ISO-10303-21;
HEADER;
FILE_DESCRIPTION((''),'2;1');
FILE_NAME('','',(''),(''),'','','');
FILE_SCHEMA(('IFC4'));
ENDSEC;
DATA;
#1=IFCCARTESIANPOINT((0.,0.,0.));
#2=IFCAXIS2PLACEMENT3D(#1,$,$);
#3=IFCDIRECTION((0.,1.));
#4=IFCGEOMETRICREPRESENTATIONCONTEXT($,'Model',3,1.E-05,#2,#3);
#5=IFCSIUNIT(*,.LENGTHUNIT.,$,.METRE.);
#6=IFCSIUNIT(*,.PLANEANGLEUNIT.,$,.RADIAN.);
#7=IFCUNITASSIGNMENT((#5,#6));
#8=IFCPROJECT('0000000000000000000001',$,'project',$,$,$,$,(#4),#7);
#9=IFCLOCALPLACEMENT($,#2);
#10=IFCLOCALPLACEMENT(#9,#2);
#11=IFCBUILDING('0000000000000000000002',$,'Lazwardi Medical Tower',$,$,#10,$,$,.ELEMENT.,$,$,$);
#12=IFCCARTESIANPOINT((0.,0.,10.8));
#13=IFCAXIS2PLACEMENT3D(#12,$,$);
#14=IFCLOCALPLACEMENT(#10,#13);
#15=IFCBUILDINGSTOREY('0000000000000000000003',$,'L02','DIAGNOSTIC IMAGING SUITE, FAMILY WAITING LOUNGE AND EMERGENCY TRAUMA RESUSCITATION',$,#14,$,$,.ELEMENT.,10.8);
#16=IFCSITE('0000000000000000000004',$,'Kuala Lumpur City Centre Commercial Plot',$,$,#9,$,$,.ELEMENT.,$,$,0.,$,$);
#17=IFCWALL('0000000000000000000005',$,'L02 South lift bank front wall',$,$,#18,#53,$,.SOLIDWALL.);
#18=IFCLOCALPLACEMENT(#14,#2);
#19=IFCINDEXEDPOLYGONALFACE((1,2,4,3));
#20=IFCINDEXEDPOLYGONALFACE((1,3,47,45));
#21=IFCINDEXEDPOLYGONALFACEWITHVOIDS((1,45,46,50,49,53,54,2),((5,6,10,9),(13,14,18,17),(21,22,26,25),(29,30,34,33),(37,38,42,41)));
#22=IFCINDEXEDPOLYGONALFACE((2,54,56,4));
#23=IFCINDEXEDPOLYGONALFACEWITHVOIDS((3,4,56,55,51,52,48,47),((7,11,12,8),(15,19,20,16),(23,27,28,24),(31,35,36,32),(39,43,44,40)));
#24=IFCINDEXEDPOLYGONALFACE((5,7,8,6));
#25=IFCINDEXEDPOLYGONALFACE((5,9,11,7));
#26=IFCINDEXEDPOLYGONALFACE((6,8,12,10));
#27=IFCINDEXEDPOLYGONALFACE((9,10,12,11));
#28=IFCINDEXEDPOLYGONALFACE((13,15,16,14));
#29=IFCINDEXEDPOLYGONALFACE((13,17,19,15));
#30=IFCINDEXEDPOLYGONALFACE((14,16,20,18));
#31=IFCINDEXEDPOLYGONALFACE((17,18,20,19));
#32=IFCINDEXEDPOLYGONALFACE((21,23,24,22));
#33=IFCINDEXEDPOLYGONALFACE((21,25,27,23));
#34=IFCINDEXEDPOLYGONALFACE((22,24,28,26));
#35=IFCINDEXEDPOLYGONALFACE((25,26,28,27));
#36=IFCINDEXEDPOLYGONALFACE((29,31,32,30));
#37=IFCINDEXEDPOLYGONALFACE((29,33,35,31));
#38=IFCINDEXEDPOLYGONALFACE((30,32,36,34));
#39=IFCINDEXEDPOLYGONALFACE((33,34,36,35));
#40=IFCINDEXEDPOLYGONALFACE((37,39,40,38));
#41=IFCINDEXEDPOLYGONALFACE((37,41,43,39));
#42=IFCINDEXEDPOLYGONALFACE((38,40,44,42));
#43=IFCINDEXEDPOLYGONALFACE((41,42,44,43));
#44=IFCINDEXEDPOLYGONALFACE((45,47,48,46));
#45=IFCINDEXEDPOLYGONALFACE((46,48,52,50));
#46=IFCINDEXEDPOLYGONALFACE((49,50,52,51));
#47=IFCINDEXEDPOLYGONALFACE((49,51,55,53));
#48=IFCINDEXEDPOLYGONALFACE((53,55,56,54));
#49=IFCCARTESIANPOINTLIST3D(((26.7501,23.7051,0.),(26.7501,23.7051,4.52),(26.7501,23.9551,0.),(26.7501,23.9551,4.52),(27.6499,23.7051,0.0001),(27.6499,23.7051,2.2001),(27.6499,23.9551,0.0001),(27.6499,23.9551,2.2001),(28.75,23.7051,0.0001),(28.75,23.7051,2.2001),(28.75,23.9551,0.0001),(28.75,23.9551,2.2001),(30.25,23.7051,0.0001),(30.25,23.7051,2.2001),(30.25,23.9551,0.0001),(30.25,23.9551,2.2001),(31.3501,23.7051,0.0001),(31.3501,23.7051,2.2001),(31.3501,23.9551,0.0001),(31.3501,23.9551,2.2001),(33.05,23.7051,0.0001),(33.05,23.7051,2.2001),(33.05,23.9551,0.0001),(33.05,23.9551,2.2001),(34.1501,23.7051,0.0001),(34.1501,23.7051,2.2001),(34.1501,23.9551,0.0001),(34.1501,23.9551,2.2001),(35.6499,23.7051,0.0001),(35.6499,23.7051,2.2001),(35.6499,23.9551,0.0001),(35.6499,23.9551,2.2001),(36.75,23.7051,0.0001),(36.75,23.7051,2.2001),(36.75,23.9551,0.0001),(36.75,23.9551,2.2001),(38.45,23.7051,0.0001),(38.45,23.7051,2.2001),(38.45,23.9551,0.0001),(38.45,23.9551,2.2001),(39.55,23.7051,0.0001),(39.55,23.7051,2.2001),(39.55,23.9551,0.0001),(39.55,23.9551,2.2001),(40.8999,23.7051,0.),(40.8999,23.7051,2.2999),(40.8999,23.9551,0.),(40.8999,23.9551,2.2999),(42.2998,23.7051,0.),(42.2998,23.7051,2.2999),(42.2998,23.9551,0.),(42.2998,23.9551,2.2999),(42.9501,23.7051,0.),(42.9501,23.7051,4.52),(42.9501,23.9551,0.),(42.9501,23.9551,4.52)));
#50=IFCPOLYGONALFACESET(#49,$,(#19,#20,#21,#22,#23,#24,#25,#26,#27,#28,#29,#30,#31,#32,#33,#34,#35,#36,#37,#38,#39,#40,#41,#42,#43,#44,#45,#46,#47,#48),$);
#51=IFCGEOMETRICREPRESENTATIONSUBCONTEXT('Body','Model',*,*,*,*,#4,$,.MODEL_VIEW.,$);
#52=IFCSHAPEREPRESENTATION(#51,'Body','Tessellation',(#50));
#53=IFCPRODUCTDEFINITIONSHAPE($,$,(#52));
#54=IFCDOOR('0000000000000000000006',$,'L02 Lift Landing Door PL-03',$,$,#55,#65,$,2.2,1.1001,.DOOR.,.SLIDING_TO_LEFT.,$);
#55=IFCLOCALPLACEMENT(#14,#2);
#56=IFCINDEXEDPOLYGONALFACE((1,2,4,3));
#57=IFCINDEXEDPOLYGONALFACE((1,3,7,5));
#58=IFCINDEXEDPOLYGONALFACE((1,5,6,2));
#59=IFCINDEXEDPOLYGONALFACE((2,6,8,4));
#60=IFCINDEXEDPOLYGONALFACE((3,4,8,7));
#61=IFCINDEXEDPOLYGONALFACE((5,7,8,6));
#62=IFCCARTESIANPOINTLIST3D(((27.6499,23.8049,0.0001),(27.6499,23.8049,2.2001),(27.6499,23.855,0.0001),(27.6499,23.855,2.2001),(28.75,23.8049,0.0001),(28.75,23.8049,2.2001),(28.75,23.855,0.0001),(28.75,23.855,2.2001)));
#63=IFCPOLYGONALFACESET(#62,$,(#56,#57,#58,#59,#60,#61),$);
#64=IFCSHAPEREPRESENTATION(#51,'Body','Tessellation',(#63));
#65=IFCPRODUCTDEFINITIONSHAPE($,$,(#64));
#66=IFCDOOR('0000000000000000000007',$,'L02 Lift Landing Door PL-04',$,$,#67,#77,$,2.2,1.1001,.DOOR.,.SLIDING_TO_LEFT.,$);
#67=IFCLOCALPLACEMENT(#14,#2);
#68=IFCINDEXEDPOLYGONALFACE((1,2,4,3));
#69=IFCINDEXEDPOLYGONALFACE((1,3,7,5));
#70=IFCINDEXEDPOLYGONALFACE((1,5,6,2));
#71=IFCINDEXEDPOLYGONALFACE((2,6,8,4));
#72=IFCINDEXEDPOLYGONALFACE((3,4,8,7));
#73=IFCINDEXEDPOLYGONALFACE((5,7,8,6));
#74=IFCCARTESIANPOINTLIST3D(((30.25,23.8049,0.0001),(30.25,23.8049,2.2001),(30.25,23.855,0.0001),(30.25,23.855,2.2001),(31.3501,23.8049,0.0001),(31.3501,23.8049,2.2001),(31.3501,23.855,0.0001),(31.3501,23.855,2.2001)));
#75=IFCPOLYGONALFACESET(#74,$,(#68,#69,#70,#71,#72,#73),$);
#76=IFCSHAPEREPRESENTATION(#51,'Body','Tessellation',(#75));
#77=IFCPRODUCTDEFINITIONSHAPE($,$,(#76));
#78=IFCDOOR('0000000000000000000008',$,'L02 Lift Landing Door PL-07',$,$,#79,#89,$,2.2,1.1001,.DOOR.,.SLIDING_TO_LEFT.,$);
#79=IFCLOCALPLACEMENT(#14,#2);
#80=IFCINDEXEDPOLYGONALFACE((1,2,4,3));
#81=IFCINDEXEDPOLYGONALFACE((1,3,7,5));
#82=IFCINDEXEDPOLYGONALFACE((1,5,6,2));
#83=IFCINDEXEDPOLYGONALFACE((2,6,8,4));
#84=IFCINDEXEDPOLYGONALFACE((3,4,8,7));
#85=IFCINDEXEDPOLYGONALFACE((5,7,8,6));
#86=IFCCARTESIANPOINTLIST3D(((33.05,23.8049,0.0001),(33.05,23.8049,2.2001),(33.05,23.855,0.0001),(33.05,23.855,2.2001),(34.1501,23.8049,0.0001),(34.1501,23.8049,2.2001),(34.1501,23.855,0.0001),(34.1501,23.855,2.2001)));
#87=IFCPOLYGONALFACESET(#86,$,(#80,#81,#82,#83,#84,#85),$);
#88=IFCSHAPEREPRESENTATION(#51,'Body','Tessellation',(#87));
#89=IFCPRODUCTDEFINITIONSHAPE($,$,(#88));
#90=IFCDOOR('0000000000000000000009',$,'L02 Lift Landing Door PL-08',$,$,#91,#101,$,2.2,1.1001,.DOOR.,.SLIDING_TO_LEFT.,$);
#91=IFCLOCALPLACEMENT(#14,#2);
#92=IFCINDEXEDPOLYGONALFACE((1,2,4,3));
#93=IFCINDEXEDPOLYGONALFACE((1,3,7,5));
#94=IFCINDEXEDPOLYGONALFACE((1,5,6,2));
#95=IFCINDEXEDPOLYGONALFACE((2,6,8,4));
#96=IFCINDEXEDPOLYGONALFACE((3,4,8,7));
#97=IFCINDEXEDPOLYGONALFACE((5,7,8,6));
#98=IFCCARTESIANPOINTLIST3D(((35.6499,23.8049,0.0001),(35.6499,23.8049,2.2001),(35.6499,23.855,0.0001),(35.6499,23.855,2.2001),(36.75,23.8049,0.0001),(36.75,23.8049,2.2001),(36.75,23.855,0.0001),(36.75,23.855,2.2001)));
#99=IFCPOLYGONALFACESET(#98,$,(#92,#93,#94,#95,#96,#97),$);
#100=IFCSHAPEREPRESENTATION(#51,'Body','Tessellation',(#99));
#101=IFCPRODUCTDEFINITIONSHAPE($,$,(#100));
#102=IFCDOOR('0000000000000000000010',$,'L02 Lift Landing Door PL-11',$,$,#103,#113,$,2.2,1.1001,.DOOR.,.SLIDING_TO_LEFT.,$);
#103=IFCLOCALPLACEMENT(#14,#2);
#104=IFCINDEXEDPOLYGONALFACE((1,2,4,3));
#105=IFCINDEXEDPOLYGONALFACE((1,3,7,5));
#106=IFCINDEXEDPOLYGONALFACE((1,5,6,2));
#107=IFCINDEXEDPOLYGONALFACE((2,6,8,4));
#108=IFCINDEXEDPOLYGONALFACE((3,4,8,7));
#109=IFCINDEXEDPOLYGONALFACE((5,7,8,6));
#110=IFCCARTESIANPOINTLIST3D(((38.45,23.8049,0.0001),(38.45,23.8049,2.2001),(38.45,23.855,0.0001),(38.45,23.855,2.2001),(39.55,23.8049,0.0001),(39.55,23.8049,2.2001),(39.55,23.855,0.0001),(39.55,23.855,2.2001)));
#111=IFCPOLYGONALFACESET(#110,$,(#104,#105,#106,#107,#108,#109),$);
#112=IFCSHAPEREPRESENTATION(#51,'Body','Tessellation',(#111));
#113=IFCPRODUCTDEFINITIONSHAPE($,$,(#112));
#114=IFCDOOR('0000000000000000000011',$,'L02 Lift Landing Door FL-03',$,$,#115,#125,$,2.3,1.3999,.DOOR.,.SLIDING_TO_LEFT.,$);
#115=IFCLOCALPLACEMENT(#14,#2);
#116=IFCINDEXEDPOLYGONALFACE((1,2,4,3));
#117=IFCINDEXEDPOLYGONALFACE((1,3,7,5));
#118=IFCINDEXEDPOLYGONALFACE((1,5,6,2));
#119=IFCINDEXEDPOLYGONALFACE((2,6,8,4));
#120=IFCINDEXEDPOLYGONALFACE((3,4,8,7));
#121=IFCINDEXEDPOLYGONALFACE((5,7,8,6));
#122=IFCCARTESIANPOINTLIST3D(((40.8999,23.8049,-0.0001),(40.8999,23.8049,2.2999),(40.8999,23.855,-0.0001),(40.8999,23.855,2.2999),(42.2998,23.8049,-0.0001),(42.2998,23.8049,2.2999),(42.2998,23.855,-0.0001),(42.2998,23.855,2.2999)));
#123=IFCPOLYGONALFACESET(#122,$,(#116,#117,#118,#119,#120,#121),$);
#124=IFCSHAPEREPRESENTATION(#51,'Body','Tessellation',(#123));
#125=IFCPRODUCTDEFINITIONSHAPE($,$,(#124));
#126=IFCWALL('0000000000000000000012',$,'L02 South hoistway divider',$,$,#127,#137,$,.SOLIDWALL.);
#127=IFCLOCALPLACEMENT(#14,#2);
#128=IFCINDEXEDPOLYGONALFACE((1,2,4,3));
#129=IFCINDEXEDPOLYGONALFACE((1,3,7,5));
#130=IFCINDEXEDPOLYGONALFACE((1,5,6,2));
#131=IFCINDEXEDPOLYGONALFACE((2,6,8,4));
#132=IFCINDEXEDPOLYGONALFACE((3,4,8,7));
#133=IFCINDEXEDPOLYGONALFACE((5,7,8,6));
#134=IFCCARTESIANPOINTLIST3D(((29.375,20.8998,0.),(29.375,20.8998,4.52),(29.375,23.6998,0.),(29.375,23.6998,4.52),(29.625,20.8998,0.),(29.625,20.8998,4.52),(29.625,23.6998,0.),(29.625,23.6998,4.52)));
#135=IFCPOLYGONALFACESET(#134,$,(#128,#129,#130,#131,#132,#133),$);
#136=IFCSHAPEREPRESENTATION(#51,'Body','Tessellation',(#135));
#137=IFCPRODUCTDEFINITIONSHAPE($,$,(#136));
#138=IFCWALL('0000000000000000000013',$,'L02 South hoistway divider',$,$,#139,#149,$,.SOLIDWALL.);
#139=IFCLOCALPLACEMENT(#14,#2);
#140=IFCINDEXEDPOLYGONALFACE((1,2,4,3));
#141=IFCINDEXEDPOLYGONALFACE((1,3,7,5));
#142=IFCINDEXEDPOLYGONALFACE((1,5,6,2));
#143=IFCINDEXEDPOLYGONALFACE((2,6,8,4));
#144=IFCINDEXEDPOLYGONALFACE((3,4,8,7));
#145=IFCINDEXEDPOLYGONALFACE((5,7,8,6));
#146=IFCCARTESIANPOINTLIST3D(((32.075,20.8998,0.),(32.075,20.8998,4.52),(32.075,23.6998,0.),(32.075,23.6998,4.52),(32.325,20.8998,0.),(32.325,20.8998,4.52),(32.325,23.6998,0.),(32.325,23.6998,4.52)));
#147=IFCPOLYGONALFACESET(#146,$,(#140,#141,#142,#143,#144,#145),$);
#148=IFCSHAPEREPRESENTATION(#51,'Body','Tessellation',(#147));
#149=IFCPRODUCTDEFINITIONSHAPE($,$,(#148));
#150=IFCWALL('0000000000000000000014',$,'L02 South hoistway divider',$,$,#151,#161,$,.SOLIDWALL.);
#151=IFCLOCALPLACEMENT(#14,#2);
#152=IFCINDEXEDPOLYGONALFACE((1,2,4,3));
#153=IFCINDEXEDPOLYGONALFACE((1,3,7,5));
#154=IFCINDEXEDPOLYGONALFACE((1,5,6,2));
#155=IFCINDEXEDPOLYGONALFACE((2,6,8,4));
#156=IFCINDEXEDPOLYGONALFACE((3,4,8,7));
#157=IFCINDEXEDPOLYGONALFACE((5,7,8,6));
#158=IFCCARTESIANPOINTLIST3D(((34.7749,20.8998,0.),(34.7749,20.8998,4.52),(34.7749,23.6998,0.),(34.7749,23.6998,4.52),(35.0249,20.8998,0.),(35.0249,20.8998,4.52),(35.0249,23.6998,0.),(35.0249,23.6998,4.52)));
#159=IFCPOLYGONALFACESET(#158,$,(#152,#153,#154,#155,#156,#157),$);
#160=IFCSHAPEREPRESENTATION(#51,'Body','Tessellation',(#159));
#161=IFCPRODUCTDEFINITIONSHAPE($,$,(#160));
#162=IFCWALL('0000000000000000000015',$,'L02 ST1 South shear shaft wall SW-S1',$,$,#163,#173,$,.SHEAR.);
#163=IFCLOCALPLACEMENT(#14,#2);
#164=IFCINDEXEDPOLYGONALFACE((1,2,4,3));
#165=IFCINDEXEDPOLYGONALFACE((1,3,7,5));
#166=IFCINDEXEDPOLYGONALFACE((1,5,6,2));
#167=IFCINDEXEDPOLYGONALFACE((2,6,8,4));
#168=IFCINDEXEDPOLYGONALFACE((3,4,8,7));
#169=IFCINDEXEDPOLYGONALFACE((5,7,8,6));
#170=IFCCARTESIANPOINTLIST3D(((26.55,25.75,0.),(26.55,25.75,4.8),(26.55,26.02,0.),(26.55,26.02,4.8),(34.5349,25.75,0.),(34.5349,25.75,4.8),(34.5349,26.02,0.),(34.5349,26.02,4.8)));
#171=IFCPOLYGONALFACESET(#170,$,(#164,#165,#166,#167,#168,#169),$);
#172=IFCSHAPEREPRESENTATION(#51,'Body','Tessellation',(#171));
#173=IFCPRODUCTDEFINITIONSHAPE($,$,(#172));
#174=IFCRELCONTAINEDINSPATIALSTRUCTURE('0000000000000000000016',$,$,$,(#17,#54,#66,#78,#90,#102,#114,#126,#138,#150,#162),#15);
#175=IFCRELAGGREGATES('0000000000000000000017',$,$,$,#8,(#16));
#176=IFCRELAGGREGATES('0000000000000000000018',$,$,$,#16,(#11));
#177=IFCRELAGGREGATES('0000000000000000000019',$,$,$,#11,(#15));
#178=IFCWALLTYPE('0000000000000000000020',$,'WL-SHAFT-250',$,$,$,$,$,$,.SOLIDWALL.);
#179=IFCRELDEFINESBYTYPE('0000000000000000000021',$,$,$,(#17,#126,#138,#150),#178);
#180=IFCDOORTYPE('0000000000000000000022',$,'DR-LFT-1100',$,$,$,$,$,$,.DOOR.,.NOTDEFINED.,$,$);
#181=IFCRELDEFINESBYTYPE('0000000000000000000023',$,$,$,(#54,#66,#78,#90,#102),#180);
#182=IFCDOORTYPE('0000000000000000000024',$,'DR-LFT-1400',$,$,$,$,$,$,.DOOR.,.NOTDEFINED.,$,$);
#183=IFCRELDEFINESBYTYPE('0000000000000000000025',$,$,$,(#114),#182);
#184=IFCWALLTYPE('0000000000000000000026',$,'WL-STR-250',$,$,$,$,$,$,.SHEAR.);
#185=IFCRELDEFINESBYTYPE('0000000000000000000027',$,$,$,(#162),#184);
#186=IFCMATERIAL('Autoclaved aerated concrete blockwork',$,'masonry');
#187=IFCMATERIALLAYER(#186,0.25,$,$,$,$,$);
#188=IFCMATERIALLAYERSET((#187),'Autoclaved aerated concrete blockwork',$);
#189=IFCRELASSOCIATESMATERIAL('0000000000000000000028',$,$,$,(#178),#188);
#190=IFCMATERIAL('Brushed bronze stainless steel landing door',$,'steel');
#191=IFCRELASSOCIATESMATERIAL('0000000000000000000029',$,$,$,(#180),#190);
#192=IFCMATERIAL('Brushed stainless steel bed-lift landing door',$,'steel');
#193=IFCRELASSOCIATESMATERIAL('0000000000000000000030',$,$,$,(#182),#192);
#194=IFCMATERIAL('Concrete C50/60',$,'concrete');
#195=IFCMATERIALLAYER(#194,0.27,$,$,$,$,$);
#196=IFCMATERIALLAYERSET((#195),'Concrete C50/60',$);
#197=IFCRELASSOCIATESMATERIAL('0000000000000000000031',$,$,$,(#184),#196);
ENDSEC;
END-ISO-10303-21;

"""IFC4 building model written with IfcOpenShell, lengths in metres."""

from ifc_helpers import new_model, si_unit, direction, frame, frame_2d, origin, place, context, subcontext, project, spatial, rectangle, extrude, material, layer, layer_set, type_object, element, fill, save


model = new_model("IFC4")

# Units and contexts
model_context = context("Model", 3, precision=1e-05, world=origin(), true_north=direction((0.0, 1.0)))
body_context = subcontext(model_context, "Body", "Model", "MODEL_VIEW")
ifc_project = project(units=[si_unit("LENGTHUNIT", "METRE"), si_unit("PLANEANGLEUNIT", "RADIAN")], contexts=[model_context])

# Site, building, storey
site_placement = place(None, origin())
site = spatial("IfcSite", under=ifc_project, at=site_placement, Name="Kuala Lumpur City Centre Commercial Plot", CompositionType="ELEMENT", RefElevation=0.0)
building_placement = place(site_placement, origin())
building = spatial("IfcBuilding", under=site, at=building_placement, Name="Lazwardi Medical Tower", CompositionType="ELEMENT")
storey_placement = place(building_placement, frame((0.0, 0.0, 10.8)))
storey = spatial("IfcBuildingStorey", under=building, at=storey_placement, Name="L02", Description="DIAGNOSTIC IMAGING SUITE, FAMILY WAITING LOUNGE AND EMERGENCY TRAUMA RESUSCITATION", CompositionType="ELEMENT", Elevation=10.8)

# Wall, openings, doors
ifc_material_1 = material(Name="Autoclaved aerated concrete blockwork", Category="masonry")
ifc_layer_1 = layer(ifc_material_1, 0.25)
ifc_layer_set_1 = layer_set([ifc_layer_1], Name="Autoclaved aerated concrete blockwork")
wall_type_1 = type_object("IfcWallType", Name="WL-SHAFT-250", PredefinedType="SOLIDWALL", material=ifc_layer_set_1)
wall_1_placement = place(storey_placement, frame((26.75, 23.8301, 0.0), z_axis=(0.0, 0.0, 1.0), x_axis=(1.0, 0.0, 0.0)))
wall_1 = element("IfcWall", 1, at=wall_1_placement, inside=storey, type_object=wall_type_1, Name="L02 South lift bank front wall", PredefinedType="SOLIDWALL", context=body_context, shape_type="SweptSolid", body=[
    extrude(rectangle(XDim=16.2, YDim=0.25, at=frame_2d((8.1001, 0.0))), origin(), (0.0, 0.0, 1.0), 4.52),
])
opening_1_placement = place(wall_1_placement, frame((0.8999, 0.0, 0.0)))
opening_1 = element("IfcOpeningElement", 2, at=opening_1_placement, cuts=wall_1, PredefinedType="OPENING", context=body_context, shape_type="SweptSolid", body=[
    extrude(rectangle(XDim=1.1001, YDim=2.2, at=frame_2d((0.55, 1.1001))), frame((0.0, 0.135, 0.0), z_axis=(0.0, -1.0, 0.0), x_axis=(1.0, 0.0, 0.0)), (0.0, 0.0, 1.0), 0.27),
])
opening_2_placement = place(wall_1_placement, frame((3.5, 0.0, 0.0)))
opening_2 = element("IfcOpeningElement", 3, at=opening_2_placement, cuts=wall_1, PredefinedType="OPENING", context=body_context, shape_type="SweptSolid", body=[
    extrude(rectangle(XDim=1.1001, YDim=2.2, at=frame_2d((0.55, 1.1001))), frame((0.0, 0.135, 0.0), z_axis=(0.0, -1.0, 0.0), x_axis=(1.0, 0.0, 0.0)), (0.0, 0.0, 1.0), 0.27),
])
opening_3_placement = place(wall_1_placement, frame((6.3, 0.0, 0.0)))
opening_3 = element("IfcOpeningElement", 4, at=opening_3_placement, cuts=wall_1, PredefinedType="OPENING", context=body_context, shape_type="SweptSolid", body=[
    extrude(rectangle(XDim=1.1001, YDim=2.2, at=frame_2d((0.55, 1.1001))), frame((0.0, 0.135, 0.0), z_axis=(0.0, -1.0, 0.0), x_axis=(1.0, 0.0, 0.0)), (0.0, 0.0, 1.0), 0.27),
])
opening_4_placement = place(wall_1_placement, frame((8.8999, 0.0, 0.0)))
opening_4 = element("IfcOpeningElement", 5, at=opening_4_placement, cuts=wall_1, PredefinedType="OPENING", context=body_context, shape_type="SweptSolid", body=[
    extrude(rectangle(XDim=1.1001, YDim=2.2, at=frame_2d((0.55, 1.1001))), frame((0.0, 0.135, 0.0), z_axis=(0.0, -1.0, 0.0), x_axis=(1.0, 0.0, 0.0)), (0.0, 0.0, 1.0), 0.27),
])
opening_5_placement = place(wall_1_placement, frame((11.7, 0.0, 0.0)))
opening_5 = element("IfcOpeningElement", 6, at=opening_5_placement, cuts=wall_1, PredefinedType="OPENING", context=body_context, shape_type="SweptSolid", body=[
    extrude(rectangle(XDim=1.1001, YDim=2.2, at=frame_2d((0.55, 1.1001))), frame((0.0, 0.135, 0.0), z_axis=(0.0, -1.0, 0.0), x_axis=(1.0, 0.0, 0.0)), (0.0, 0.0, 1.0), 0.27),
])
opening_6_placement = place(wall_1_placement, frame((14.1499, 0.0, 0.0)))
opening_6 = element("IfcOpeningElement", 7, at=opening_6_placement, cuts=wall_1, PredefinedType="OPENING", context=body_context, shape_type="SweptSolid", body=[
    extrude(rectangle(XDim=1.3999, YDim=2.3, at=frame_2d((0.7, 1.1499))), frame((0.0, 0.135, 0.0), z_axis=(0.0, -1.0, 0.0), x_axis=(1.0, 0.0, 0.0)), (0.0, 0.0, 1.0), 0.27),
])
ifc_material_2 = material(Name="Brushed bronze stainless steel landing door", Category="steel")
door_type_1 = type_object("IfcDoorType", Name="DR-LFT-1100", OperationType="NOTDEFINED", PredefinedType="DOOR", material=ifc_material_2)
door_1_placement = place(opening_1_placement, origin())
door_1 = element("IfcDoor", 8, at=door_1_placement, inside=storey, type_object=door_type_1, Name="L02 Lift Landing Door PL-03", OperationType="SLIDING_TO_LEFT", OverallHeight=2.2, OverallWidth=1.1001, PredefinedType="DOOR", context=body_context, shape_type="SweptSolid", body=[
    extrude(rectangle(XDim=1.1001, YDim=2.2, at=frame_2d((0.55, 1.1001))), frame((0.0, 0.0249, 0.0), z_axis=(0.0, -1.0, 0.0), x_axis=(1.0, 0.0, 0.0)), (0.0, 0.0, 1.0), 0.05),
])
fill(opening_1, door_1)
door_2_placement = place(opening_2_placement, origin())
door_2 = element("IfcDoor", 9, at=door_2_placement, inside=storey, type_object=door_type_1, Name="L02 Lift Landing Door PL-04", OperationType="SLIDING_TO_LEFT", OverallHeight=2.2, OverallWidth=1.1001, PredefinedType="DOOR", context=body_context, shape_type="SweptSolid", body=[
    extrude(rectangle(XDim=1.1001, YDim=2.2, at=frame_2d((0.55, 1.1001))), frame((0.0, 0.0249, 0.0), z_axis=(0.0, -1.0, 0.0), x_axis=(1.0, 0.0, 0.0)), (0.0, 0.0, 1.0), 0.05),
])
fill(opening_2, door_2)
door_3_placement = place(opening_3_placement, origin())
door_3 = element("IfcDoor", 10, at=door_3_placement, inside=storey, type_object=door_type_1, Name="L02 Lift Landing Door PL-07", OperationType="SLIDING_TO_LEFT", OverallHeight=2.2, OverallWidth=1.1001, PredefinedType="DOOR", context=body_context, shape_type="SweptSolid", body=[
    extrude(rectangle(XDim=1.1001, YDim=2.2, at=frame_2d((0.55, 1.1001))), frame((0.0, 0.0249, 0.0), z_axis=(0.0, -1.0, 0.0), x_axis=(1.0, 0.0, 0.0)), (0.0, 0.0, 1.0), 0.05),
])
fill(opening_3, door_3)
door_4_placement = place(opening_4_placement, origin())
door_4 = element("IfcDoor", 11, at=door_4_placement, inside=storey, type_object=door_type_1, Name="L02 Lift Landing Door PL-08", OperationType="SLIDING_TO_LEFT", OverallHeight=2.2, OverallWidth=1.1001, PredefinedType="DOOR", context=body_context, shape_type="SweptSolid", body=[
    extrude(rectangle(XDim=1.1001, YDim=2.2, at=frame_2d((0.55, 1.1001))), frame((0.0, 0.0249, 0.0), z_axis=(0.0, -1.0, 0.0), x_axis=(1.0, 0.0, 0.0)), (0.0, 0.0, 1.0), 0.05),
])
fill(opening_4, door_4)
door_5_placement = place(opening_5_placement, origin())
door_5 = element("IfcDoor", 12, at=door_5_placement, inside=storey, type_object=door_type_1, Name="L02 Lift Landing Door PL-11", OperationType="SLIDING_TO_LEFT", OverallHeight=2.2, OverallWidth=1.1001, PredefinedType="DOOR", context=body_context, shape_type="SweptSolid", body=[
    extrude(rectangle(XDim=1.1001, YDim=2.2, at=frame_2d((0.55, 1.1001))), frame((0.0, 0.0249, 0.0), z_axis=(0.0, -1.0, 0.0), x_axis=(1.0, 0.0, 0.0)), (0.0, 0.0, 1.0), 0.05),
])
fill(opening_5, door_5)
ifc_material_3 = material(Name="Brushed stainless steel bed-lift landing door", Category="steel")
door_type_2 = type_object("IfcDoorType", Name="DR-LFT-1400", OperationType="NOTDEFINED", PredefinedType="DOOR", material=ifc_material_3)
door_6_placement = place(opening_6_placement, origin())
door_6 = element("IfcDoor", 13, at=door_6_placement, inside=storey, type_object=door_type_2, Name="L02 Lift Landing Door FL-03", OperationType="SLIDING_TO_LEFT", OverallHeight=2.3, OverallWidth=1.3999, PredefinedType="DOOR", context=body_context, shape_type="SweptSolid", body=[
    extrude(rectangle(XDim=1.3999, YDim=2.3, at=frame_2d((0.7, 1.1499))), frame((0.0, 0.0249, 0.0), z_axis=(0.0, -1.0, 0.0), x_axis=(1.0, 0.0, 0.0)), (0.0, 0.0, 1.0), 0.05),
])
fill(opening_6, door_6)

# Walls
for number, where, z_axis, x_axis, name in (
    (14, (29.5, 20.8999, 0.0), (0.0, 0.0, 1.0), (0.0, 1.0, 0.0), "L02 South hoistway divider"),
    (15, (32.2, 20.8999, 0.0), (0.0, 0.0, 1.0), (0.0, 1.0, 0.0), "L02 South hoistway divider"),
    (16, (34.8999, 20.8999, 0.0), (0.0, 0.0, 1.0), (0.0, 1.0, 0.0), "L02 South hoistway divider"),
):
    element("IfcWall", number, at=place(storey_placement, frame(where, z_axis=z_axis, x_axis=x_axis)), inside=storey, type_object=wall_type_1, Name=name, PredefinedType="SOLIDWALL", context=body_context, shape_type="SweptSolid", body=[
        extrude(rectangle(XDim=2.8, YDim=0.25, at=frame_2d((1.3999, 0.0))), origin(), (0.0, 0.0, 1.0), 4.52),
    ])
ifc_material_4 = material(Name="Concrete C50/60", Category="concrete")
ifc_layer_2 = layer(ifc_material_4, 0.27)
ifc_layer_set_2 = layer_set([ifc_layer_2], Name="Concrete C50/60")
wall_type_2 = type_object("IfcWallType", Name="WL-STR-250", PredefinedType="SHEAR", material=ifc_layer_set_2)
wall_2_placement = place(storey_placement, frame((26.55, 25.885, 0.0), z_axis=(0.0, 0.0, 1.0), x_axis=(1.0, 0.0, 0.0)))
element("IfcWall", 17, at=wall_2_placement, inside=storey, type_object=wall_type_2, Name="L02 ST1 South shear shaft wall SW-S1", PredefinedType="SHEAR", context=body_context, shape_type="SweptSolid", body=[
    extrude(rectangle(XDim=7.9849, YDim=0.27, at=frame_2d((3.9924, 0.0))), origin(), (0.0, 0.0, 1.0), 4.8),
])

save(model, "model.ifc")
